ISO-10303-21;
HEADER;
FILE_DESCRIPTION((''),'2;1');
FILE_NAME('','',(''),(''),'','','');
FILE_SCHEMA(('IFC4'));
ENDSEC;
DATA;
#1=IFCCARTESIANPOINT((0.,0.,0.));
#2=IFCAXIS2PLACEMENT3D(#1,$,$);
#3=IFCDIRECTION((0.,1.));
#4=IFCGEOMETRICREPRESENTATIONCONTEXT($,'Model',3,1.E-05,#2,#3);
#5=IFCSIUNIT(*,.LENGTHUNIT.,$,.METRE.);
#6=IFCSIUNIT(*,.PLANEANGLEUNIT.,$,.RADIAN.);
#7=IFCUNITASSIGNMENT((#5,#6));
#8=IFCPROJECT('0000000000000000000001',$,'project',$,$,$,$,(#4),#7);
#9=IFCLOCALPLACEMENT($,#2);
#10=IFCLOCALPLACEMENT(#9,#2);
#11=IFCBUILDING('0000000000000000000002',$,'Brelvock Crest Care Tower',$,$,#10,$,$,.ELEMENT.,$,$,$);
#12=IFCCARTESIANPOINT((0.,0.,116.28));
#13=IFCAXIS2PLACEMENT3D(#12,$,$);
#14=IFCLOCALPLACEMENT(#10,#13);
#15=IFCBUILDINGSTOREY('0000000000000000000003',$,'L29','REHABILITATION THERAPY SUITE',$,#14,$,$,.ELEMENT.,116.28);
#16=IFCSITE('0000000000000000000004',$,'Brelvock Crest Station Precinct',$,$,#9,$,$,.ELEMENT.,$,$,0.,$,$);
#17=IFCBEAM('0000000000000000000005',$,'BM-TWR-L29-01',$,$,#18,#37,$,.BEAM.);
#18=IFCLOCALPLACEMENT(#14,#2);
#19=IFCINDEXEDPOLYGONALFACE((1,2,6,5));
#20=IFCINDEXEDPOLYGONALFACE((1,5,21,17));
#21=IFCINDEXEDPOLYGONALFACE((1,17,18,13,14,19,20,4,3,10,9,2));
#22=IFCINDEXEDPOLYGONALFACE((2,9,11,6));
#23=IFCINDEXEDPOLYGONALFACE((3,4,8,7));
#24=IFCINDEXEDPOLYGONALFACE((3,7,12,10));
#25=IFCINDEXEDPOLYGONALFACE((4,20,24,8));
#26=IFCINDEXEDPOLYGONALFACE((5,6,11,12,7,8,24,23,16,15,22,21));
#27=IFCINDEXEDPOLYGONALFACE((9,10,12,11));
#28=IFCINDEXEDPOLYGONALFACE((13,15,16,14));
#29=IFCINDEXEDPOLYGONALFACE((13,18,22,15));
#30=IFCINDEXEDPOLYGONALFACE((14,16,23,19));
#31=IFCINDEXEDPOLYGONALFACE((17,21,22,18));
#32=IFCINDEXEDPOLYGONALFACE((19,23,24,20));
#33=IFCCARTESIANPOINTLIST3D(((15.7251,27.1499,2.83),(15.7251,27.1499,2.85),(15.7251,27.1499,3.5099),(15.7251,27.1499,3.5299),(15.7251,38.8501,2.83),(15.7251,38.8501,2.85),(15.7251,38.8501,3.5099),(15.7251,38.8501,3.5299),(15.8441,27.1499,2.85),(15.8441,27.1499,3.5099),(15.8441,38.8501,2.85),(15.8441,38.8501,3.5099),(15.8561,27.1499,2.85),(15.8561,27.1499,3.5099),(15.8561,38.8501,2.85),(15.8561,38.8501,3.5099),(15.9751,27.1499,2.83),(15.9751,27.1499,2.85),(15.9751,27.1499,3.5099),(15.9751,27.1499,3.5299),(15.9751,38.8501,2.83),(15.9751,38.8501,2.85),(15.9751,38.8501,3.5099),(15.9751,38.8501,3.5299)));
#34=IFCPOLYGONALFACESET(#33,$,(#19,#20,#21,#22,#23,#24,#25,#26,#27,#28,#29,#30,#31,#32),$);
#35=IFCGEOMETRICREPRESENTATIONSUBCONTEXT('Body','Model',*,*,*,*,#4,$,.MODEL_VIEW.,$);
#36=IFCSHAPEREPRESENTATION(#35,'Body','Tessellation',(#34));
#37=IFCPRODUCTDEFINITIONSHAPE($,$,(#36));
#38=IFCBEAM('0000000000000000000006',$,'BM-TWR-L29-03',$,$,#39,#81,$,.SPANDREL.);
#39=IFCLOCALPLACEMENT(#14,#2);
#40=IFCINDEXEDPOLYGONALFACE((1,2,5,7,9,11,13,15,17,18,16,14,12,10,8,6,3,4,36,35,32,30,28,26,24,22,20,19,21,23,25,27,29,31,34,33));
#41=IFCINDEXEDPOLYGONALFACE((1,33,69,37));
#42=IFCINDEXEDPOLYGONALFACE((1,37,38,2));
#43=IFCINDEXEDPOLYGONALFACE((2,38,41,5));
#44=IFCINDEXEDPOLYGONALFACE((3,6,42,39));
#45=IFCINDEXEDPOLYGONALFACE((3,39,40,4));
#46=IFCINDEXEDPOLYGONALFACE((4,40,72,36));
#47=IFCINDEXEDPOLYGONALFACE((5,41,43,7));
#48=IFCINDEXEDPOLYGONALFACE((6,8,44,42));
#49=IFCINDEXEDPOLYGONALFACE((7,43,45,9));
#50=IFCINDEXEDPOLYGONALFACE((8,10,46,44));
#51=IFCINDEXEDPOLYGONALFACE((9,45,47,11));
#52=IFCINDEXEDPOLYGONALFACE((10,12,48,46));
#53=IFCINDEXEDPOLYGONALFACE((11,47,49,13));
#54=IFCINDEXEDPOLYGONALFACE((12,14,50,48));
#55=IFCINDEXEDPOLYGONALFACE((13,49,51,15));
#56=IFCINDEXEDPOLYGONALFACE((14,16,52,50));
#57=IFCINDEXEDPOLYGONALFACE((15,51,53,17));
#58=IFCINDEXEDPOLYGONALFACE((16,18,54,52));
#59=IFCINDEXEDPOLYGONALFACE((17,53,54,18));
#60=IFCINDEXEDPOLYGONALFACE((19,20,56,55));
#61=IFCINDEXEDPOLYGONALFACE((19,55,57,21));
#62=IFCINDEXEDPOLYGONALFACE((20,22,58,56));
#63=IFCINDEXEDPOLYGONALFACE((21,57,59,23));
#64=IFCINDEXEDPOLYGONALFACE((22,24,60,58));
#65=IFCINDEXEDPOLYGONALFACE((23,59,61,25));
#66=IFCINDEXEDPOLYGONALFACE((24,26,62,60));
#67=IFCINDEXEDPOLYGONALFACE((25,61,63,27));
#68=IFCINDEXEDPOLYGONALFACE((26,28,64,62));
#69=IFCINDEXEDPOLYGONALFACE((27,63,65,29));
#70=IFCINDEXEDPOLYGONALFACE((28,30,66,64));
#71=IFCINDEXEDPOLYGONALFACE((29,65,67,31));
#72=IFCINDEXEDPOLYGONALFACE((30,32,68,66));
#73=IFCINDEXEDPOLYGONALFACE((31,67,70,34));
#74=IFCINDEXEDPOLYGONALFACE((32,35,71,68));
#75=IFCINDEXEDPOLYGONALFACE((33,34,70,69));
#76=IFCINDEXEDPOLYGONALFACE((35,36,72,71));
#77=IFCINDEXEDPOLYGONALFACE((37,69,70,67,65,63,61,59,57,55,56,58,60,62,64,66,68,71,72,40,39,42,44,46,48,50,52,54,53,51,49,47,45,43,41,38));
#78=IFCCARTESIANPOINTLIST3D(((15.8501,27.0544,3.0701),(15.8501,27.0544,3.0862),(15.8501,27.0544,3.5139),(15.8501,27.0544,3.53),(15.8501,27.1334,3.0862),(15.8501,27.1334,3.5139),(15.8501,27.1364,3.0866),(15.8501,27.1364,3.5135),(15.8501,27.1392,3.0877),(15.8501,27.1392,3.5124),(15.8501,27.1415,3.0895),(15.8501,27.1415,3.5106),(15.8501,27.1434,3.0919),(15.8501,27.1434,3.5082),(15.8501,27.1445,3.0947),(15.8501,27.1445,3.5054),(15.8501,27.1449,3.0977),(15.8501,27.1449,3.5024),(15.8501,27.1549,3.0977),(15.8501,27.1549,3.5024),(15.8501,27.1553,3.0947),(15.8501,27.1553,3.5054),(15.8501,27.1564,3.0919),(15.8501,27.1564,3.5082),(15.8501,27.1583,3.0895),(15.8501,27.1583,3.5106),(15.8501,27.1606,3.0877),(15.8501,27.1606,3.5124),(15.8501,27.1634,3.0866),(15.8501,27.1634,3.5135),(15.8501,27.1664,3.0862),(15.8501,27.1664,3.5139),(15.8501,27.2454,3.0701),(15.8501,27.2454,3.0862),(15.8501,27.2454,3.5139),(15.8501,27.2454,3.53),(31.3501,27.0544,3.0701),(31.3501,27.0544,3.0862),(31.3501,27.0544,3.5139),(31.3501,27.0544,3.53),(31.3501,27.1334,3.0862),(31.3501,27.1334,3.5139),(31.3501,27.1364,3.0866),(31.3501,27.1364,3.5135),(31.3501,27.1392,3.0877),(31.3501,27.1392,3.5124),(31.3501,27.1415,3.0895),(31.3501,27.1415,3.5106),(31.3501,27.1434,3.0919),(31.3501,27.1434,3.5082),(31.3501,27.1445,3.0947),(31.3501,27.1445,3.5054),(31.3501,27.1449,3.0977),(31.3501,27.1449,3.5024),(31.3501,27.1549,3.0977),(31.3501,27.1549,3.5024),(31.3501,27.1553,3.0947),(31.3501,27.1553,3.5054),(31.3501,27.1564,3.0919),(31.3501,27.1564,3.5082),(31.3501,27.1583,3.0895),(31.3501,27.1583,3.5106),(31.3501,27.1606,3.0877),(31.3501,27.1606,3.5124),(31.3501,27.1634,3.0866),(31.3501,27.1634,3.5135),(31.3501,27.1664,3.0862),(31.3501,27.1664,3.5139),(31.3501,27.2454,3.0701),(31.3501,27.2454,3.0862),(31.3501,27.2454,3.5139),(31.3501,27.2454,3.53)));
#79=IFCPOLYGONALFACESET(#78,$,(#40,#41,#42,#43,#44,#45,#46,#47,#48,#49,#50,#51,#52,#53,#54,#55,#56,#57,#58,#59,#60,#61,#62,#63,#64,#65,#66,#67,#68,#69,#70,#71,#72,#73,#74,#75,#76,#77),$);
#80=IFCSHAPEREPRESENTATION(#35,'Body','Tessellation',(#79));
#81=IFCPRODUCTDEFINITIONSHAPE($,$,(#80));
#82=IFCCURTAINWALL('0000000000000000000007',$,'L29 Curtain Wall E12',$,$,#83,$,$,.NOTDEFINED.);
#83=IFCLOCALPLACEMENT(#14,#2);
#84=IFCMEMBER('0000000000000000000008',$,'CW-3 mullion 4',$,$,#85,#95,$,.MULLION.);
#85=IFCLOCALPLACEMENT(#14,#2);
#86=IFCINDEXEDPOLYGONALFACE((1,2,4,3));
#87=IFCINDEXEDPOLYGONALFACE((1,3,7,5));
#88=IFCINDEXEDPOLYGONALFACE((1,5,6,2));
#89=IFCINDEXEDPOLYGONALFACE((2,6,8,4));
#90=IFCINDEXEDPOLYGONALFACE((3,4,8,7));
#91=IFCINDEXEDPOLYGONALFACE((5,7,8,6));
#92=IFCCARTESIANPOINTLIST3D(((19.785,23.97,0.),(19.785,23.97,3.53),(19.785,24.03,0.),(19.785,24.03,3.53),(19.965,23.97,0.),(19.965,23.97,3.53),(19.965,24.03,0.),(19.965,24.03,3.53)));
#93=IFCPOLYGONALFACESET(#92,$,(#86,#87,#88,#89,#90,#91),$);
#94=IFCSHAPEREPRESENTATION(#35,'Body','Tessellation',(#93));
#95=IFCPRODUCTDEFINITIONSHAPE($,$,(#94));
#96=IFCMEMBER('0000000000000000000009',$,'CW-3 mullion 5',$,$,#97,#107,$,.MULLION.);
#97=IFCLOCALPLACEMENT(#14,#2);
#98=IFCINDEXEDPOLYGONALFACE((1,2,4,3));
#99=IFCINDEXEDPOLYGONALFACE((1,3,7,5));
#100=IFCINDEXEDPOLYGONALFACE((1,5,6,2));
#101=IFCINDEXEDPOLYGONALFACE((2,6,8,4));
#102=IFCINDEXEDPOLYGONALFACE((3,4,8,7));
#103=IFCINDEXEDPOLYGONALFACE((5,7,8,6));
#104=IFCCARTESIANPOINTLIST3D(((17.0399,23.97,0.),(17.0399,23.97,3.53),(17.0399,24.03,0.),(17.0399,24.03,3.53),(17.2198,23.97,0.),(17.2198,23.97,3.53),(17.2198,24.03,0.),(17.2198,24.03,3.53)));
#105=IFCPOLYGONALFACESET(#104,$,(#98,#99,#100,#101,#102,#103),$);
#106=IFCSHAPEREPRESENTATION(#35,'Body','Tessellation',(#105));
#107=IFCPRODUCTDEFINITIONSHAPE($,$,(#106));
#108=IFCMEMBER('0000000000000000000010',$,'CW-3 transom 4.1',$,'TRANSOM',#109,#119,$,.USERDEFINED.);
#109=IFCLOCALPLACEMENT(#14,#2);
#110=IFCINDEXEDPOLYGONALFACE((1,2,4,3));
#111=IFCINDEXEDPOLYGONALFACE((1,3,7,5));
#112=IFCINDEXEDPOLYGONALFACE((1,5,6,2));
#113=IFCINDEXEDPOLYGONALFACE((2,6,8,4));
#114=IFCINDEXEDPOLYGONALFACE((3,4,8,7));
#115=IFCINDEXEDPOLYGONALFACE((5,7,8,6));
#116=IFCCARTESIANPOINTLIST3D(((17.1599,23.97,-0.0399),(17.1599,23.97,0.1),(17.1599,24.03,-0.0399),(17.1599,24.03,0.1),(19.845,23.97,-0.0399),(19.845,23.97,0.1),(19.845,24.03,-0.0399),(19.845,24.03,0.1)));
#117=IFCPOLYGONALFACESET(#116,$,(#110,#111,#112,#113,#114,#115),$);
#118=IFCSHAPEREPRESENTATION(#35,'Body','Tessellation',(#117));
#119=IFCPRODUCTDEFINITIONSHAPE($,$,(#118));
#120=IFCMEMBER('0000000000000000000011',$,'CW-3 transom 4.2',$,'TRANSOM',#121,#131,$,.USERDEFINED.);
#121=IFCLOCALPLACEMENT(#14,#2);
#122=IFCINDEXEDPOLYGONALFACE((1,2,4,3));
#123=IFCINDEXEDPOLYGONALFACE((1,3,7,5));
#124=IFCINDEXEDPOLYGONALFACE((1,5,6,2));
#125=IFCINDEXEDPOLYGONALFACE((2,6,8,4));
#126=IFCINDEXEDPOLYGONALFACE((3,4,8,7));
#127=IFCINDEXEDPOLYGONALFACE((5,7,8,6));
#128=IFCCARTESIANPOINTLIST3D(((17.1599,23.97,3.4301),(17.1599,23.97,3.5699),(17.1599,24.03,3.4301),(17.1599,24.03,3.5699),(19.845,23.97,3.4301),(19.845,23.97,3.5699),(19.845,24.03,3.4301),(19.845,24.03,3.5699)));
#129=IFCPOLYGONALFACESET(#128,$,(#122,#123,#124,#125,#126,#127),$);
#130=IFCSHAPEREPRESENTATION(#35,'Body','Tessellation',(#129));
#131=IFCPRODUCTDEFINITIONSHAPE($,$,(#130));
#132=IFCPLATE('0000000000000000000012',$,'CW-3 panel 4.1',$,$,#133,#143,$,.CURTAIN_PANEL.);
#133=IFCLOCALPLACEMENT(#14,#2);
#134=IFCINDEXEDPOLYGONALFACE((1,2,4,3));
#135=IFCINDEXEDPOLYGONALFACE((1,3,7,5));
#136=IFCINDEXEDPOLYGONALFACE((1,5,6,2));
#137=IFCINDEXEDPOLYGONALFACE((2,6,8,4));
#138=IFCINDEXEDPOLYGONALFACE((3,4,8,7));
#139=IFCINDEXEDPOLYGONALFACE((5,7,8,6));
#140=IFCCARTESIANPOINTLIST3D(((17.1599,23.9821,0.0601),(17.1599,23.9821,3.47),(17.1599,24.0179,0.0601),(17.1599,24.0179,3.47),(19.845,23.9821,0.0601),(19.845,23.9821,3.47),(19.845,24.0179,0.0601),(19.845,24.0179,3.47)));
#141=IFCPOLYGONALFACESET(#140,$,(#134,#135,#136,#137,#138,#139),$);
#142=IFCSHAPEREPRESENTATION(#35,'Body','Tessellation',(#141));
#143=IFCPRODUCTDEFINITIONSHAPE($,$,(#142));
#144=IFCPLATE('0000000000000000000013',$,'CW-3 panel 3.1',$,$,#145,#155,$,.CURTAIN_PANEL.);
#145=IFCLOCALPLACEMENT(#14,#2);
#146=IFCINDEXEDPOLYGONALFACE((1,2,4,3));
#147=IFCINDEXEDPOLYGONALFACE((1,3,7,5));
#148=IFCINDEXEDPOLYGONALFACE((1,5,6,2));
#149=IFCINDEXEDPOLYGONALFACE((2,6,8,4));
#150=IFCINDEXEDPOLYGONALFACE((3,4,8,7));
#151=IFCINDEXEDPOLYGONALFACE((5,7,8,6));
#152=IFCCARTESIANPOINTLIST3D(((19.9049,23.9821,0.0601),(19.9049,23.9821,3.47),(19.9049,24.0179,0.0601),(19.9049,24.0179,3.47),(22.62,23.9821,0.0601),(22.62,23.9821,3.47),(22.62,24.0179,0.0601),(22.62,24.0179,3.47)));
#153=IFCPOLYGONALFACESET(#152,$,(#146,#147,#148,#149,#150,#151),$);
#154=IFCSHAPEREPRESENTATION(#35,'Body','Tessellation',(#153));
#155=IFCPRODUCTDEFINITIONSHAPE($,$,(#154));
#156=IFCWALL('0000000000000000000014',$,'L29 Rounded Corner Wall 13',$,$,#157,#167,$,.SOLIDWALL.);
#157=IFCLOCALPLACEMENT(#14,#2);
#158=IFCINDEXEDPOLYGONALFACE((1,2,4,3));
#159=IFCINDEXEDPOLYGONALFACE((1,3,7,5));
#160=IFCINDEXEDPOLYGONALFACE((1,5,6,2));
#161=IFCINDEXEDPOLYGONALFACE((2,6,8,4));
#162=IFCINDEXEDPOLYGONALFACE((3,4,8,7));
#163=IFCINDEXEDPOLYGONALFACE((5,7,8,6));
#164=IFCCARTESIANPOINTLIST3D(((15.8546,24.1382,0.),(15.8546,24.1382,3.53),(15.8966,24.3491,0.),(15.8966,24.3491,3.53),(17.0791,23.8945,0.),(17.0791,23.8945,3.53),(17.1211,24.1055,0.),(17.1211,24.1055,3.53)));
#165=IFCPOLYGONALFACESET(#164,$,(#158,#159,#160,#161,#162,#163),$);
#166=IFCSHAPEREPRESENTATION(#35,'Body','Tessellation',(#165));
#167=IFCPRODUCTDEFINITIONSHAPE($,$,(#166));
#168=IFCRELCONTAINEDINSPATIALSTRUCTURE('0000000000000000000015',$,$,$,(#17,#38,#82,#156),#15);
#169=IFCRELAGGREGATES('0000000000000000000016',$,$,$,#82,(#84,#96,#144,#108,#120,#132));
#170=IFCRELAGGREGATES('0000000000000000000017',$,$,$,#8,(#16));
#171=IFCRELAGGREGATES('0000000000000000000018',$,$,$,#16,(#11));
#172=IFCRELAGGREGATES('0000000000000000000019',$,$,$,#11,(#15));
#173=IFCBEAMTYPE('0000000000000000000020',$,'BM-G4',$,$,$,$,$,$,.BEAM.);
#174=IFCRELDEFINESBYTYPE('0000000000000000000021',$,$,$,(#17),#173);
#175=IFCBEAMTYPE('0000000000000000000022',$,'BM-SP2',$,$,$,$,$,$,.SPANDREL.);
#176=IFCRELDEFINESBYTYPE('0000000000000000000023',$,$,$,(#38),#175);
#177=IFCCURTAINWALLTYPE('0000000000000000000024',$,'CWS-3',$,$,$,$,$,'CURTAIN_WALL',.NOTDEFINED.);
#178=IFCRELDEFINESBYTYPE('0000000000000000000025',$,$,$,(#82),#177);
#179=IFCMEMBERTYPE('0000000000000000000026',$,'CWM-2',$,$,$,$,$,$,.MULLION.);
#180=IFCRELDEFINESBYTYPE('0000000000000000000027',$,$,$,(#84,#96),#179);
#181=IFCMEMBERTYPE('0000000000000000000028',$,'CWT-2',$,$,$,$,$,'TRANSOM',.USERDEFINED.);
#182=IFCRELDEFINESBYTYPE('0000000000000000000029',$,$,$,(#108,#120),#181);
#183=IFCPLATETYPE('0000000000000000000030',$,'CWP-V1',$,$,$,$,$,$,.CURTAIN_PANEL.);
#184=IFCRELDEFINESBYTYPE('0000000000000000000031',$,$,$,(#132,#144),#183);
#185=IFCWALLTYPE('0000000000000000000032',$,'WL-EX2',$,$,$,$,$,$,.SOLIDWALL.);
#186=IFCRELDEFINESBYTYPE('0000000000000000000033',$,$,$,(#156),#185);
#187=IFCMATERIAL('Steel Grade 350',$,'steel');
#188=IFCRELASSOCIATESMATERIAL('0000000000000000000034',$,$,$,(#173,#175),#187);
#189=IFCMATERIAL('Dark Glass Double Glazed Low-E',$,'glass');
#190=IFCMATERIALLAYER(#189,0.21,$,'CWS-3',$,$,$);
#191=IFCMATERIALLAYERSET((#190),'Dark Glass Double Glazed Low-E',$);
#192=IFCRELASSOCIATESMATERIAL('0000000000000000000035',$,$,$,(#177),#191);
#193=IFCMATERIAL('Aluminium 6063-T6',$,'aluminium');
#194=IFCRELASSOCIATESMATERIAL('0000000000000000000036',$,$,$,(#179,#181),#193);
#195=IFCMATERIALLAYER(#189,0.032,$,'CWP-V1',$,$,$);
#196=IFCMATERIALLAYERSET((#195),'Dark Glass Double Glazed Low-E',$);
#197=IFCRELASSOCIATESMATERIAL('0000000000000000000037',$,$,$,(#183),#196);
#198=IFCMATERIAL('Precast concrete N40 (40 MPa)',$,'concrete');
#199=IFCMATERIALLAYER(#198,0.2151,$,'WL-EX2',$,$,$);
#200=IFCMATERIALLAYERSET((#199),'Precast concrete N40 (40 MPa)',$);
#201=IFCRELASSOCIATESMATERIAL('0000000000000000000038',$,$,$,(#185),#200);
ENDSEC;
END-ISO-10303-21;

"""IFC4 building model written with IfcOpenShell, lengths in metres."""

from ifc_helpers import new_model, si_unit, direction, frame, frame_2d, origin, origin_2d, place, context, subcontext, project, spatial, rectangle, i_section, extrude, source, transform, mapped, material, layer, layer_set, material_profile, profile_set, type_object, element, aggregate, save


model = new_model("IFC4")

# Units and contexts
model_context = context("Model", 3, precision=1e-05, world=origin(), true_north=direction((0.0, 1.0)))
body_context = subcontext(model_context, "Body", "Model", "MODEL_VIEW")
ifc_project = project(units=[si_unit("LENGTHUNIT", "METRE"), si_unit("PLANEANGLEUNIT", "RADIAN")], contexts=[model_context])

# Site, building, storey
site_placement = place(None, origin())
site = spatial("IfcSite", under=ifc_project, at=site_placement, Name="Brelvock Crest Station Precinct", CompositionType="ELEMENT", RefElevation=0.0)
building_placement = place(site_placement, origin())
building = spatial("IfcBuilding", under=site, at=building_placement, Name="Brelvock Crest Care Tower", CompositionType="ELEMENT")
storey_placement = place(building_placement, frame((0.0, 0.0, 116.28)))
storey = spatial("IfcBuildingStorey", under=building, at=storey_placement, Name="L29", Description="REHABILITATION THERAPY SUITE", CompositionType="ELEMENT", Elevation=116.28)

# Shared definitions
ifc_material_1 = material(Name="Steel Grade 350", Category="steel")

# Beams
ifc_material_profile_1 = material_profile(ifc_material_1, i_section(OverallWidth=0.25, OverallDepth=0.7, WebThickness=0.012, FlangeThickness=0.02, at=origin_2d()), Name="700WB150")
ifc_profile_set_1 = profile_set([ifc_material_profile_1], Name="Steel Grade 350")
beam_type_1 = type_object("IfcBeamType", Name="BM-G4", PredefinedType="BEAM", material=ifc_profile_set_1)
shared_shape_1 = source(origin(), body_context, "Body", "SweptSolid", [
    extrude(i_section(OverallWidth=0.25, OverallDepth=0.7, WebThickness=0.012, FlangeThickness=0.02, at=origin_2d()), origin(), (0.0, 0.0, 1.0), 11.7002),
])
beam_1_placement = place(storey_placement, frame((15.8501, 27.1499, 3.1799), z_axis=(0.0, 1.0, 0.0), x_axis=(-1.0, 0.0, 0.0)))
element("IfcBeam", 1, at=beam_1_placement, inside=storey, type_object=beam_type_1, Name="BM-TWR-L29-01", PredefinedType="BEAM", context=body_context, shape_type="MappedRepresentation", body=[
    mapped(shared_shape_1, transform((0.0, 0.0, 0.0), x_axis=(1.0, 0.0, 0.0), y_axis=(0.0, 1.0, 0.0), z_axis=(0.0, 0.0, 1.0), scale=1.0)),
])
ifc_material_profile_2 = material_profile(ifc_material_1, i_section(OverallWidth=0.1909, OverallDepth=0.46, WebThickness=0.01, FlangeThickness=0.0161, FilletRadius=0.0115, at=origin_2d()), Name="460UB82.1")
ifc_profile_set_2 = profile_set([ifc_material_profile_2], Name="Steel Grade 350")
beam_type_2 = type_object("IfcBeamType", Name="BM-SP2", PredefinedType="SPANDREL", material=ifc_profile_set_2)
shared_shape_2 = source(origin(), body_context, "Body", "SweptSolid", [
    extrude(i_section(OverallWidth=0.1909, OverallDepth=0.46, WebThickness=0.01, FlangeThickness=0.0161, FilletRadius=0.0115, at=origin_2d()), origin(), (0.0, 0.0, 1.0), 15.5),
])
beam_2_placement = place(storey_placement, frame((15.8501, 27.1499, 3.3), z_axis=(1.0, 0.0, 0.0), x_axis=(0.0, 1.0, 0.0)))
element("IfcBeam", 2, at=beam_2_placement, inside=storey, type_object=beam_type_2, Name="BM-TWR-L29-03", PredefinedType="SPANDREL", context=body_context, shape_type="MappedRepresentation", body=[
    mapped(shared_shape_2, transform((0.0, 0.0, 0.0), x_axis=(1.0, 0.0, 0.0), y_axis=(0.0, 1.0, 0.0), z_axis=(0.0, 0.0, 1.0), scale=1.0)),
])

# Curtain wall, members, plates
ifc_material_2 = material(Name="Dark Glass Double Glazed Low-E", Category="glass")
ifc_layer_1 = layer(ifc_material_2, 0.21, Name="CWS-3")
ifc_layer_set_1 = layer_set([ifc_layer_1], Name="Dark Glass Double Glazed Low-E")
curtain_wall_type = type_object("IfcCurtainWallType", Name="CWS-3", ElementType="CURTAIN_WALL", PredefinedType="NOTDEFINED", material=ifc_layer_set_1)
curtain_wall_placement = place(storey_placement, origin())
curtain_wall = element("IfcCurtainWall", 3, at=curtain_wall_placement, inside=storey, type_object=curtain_wall_type, Name="L29 Curtain Wall E12", PredefinedType="NOTDEFINED")
ifc_material_3 = material(Name="Aluminium 6063-T6", Category="aluminium")
ifc_material_profile_3 = material_profile(ifc_material_3, rectangle(XDim=0.0601, YDim=0.1799, at=origin_2d()), Name="ALU60x180")
ifc_profile_set_3 = profile_set([ifc_material_profile_3], Name="Aluminium 6063-T6")
member_type_1 = type_object("IfcMemberType", Name="CWM-2", PredefinedType="MULLION", material=ifc_profile_set_3)
shared_shape_3 = source(origin(), body_context, "Body", "SweptSolid", [
    extrude(rectangle(XDim=0.0601, YDim=0.1799, at=origin_2d()), origin(), (0.0, 0.0, 1.0), 3.53),
])
member_1_placement = place(storey_placement, frame((19.875, 24.0, 0.0), z_axis=(0.0, 0.0, 1.0), x_axis=(0.0, -1.0, 0.0)))
member_1 = element("IfcMember", 4, at=member_1_placement, type_object=member_type_1, Name="CW-3 mullion 4", PredefinedType="MULLION", context=body_context, shape_type="MappedRepresentation", body=[
    mapped(shared_shape_3, transform((0.0, 0.0, 0.0), x_axis=(1.0, 0.0, 0.0), y_axis=(0.0, 1.0, 0.0), z_axis=(0.0, 0.0, 1.0), scale=1.0)),
])
member_2_placement = place(storey_placement, frame((17.1299, 24.0, 0.0), z_axis=(0.0, 0.0, 1.0), x_axis=(0.0, -1.0, 0.0)))
member_2 = element("IfcMember", 5, at=member_2_placement, type_object=member_type_1, Name="CW-3 mullion 5", PredefinedType="MULLION", context=body_context, shape_type="MappedRepresentation", body=[
    mapped(shared_shape_3, transform((0.0, 0.0, 0.0), x_axis=(1.0, 0.0, 0.0), y_axis=(0.0, 1.0, 0.0), z_axis=(0.0, 0.0, 1.0), scale=1.0)),
])
ifc_material_profile_4 = material_profile(ifc_material_3, rectangle(XDim=0.0601, YDim=0.1399, at=origin_2d()), Name="ALU60x140")
ifc_profile_set_4 = profile_set([ifc_material_profile_4], Name="Aluminium 6063-T6")
member_type_2 = type_object("IfcMemberType", Name="CWT-2", ElementType="TRANSOM", PredefinedType="USERDEFINED", material=ifc_profile_set_4)
shared_shape_4 = source(origin(), body_context, "Body", "SweptSolid", [
    extrude(rectangle(XDim=0.0601, YDim=0.1399, at=origin_2d()), origin(), (0.0, 0.0, 1.0), 2.6851),
])
member_3_placement = place(storey_placement, frame((19.845, 24.0, 0.03), z_axis=(-1.0, 0.0, 0.0), x_axis=(0.0, -1.0, 0.0)))
member_3 = element("IfcMember", 6, at=member_3_placement, type_object=member_type_2, Name="CW-3 transom 4.1", ObjectType="TRANSOM", PredefinedType="USERDEFINED", context=body_context, shape_type="MappedRepresentation", body=[
    mapped(shared_shape_4, transform((0.0, 0.0, 0.0), x_axis=(1.0, 0.0, 0.0), y_axis=(0.0, 1.0, 0.0), z_axis=(0.0, 0.0, 1.0), scale=1.0)),
])
member_4_placement = place(storey_placement, frame((19.845, 24.0, 3.5), z_axis=(-1.0, 0.0, 0.0), x_axis=(0.0, -1.0, 0.0)))
member_4 = element("IfcMember", 7, at=member_4_placement, type_object=member_type_2, Name="CW-3 transom 4.2", ObjectType="TRANSOM", PredefinedType="USERDEFINED", context=body_context, shape_type="MappedRepresentation", body=[
    mapped(shared_shape_4, transform((0.0, 0.0, 0.0), x_axis=(1.0, 0.0, 0.0), y_axis=(0.0, 1.0, 0.0), z_axis=(0.0, 0.0, 1.0), scale=1.0)),
])
ifc_layer_2 = layer(ifc_material_2, 0.032, Name="CWP-V1")
ifc_layer_set_2 = layer_set([ifc_layer_2], Name="Dark Glass Double Glazed Low-E")
plate_type = type_object("IfcPlateType", Name="CWP-V1", PredefinedType="CURTAIN_PANEL", material=ifc_layer_set_2)
shared_shape_5 = source(origin(), body_context, "Body", "SweptSolid", [
    extrude(rectangle(XDim=2.6851, YDim=0.0359, at=origin_2d()), origin(), (0.0, 0.0, 1.0), 3.4099),
])
plate_1_placement = place(storey_placement, frame((18.5024, 24.0, 0.0601), z_axis=(0.0, 0.0, 1.0), x_axis=(-1.0, 0.0, 0.0)))
plate_1 = element("IfcPlate", 8, at=plate_1_placement, type_object=plate_type, Name="CW-3 panel 4.1", PredefinedType="CURTAIN_PANEL", context=body_context, shape_type="MappedRepresentation", body=[
    mapped(shared_shape_5, transform((0.0, 0.0, 0.0), x_axis=(1.0, 0.0, 0.0), y_axis=(0.0, 1.0, 0.0), z_axis=(0.0, 0.0, 1.0), scale=1.0)),
])
shared_shape_6 = source(origin(), body_context, "Body", "SweptSolid", [
    extrude(rectangle(XDim=2.7151, YDim=0.0359, at=origin_2d()), origin(), (0.0, 0.0, 1.0), 3.4099),
])
plate_2_placement = place(storey_placement, frame((21.2625, 24.0, 0.0601), z_axis=(0.0, 0.0, 1.0), x_axis=(-1.0, 0.0, 0.0)))
plate_2 = element("IfcPlate", 9, at=plate_2_placement, type_object=plate_type, Name="CW-3 panel 3.1", PredefinedType="CURTAIN_PANEL", context=body_context, shape_type="MappedRepresentation", body=[
    mapped(shared_shape_6, transform((0.0, 0.0, 0.0), x_axis=(1.0, 0.0, 0.0), y_axis=(0.0, 1.0, 0.0), z_axis=(0.0, 0.0, 1.0), scale=1.0)),
])
aggregate(curtain_wall, [member_1, member_2, plate_2, member_3, member_4, plate_1])

# Shared definitions
ifc_material_4 = material(Name="Precast concrete N40 (40 MPa)", Category="concrete")

# Wall
ifc_layer_3 = layer(ifc_material_4, 0.2151, Name="WL-EX2")
ifc_layer_set_3 = layer_set([ifc_layer_3], Name="Precast concrete N40 (40 MPa)")
wall_type_1 = type_object("IfcWallType", Name="WL-EX2", PredefinedType="SOLIDWALL", material=ifc_layer_set_3)
for number, where, z_axis, x_axis, name in (
    (10, (17.1001, 24.0, 0.0), (0.0, 0.0, 1.0), (-0.980776, 0.195138, 0.0), "L29 Rounded Corner Wall 13"),
):
    element("IfcWall", number, at=place(storey_placement, frame(where, z_axis=z_axis, x_axis=x_axis)), inside=storey, type_object=wall_type_1, Name=name, PredefinedType="SOLIDWALL", context=body_context, shape_type="SweptSolid", body=[
        extrude(rectangle(XDim=1.2485, YDim=0.2151, at=frame_2d((0.6243, 0.0))), origin(), (0.0, 0.0, 1.0), 3.53),
    ])

save(model, "model.ifc")
